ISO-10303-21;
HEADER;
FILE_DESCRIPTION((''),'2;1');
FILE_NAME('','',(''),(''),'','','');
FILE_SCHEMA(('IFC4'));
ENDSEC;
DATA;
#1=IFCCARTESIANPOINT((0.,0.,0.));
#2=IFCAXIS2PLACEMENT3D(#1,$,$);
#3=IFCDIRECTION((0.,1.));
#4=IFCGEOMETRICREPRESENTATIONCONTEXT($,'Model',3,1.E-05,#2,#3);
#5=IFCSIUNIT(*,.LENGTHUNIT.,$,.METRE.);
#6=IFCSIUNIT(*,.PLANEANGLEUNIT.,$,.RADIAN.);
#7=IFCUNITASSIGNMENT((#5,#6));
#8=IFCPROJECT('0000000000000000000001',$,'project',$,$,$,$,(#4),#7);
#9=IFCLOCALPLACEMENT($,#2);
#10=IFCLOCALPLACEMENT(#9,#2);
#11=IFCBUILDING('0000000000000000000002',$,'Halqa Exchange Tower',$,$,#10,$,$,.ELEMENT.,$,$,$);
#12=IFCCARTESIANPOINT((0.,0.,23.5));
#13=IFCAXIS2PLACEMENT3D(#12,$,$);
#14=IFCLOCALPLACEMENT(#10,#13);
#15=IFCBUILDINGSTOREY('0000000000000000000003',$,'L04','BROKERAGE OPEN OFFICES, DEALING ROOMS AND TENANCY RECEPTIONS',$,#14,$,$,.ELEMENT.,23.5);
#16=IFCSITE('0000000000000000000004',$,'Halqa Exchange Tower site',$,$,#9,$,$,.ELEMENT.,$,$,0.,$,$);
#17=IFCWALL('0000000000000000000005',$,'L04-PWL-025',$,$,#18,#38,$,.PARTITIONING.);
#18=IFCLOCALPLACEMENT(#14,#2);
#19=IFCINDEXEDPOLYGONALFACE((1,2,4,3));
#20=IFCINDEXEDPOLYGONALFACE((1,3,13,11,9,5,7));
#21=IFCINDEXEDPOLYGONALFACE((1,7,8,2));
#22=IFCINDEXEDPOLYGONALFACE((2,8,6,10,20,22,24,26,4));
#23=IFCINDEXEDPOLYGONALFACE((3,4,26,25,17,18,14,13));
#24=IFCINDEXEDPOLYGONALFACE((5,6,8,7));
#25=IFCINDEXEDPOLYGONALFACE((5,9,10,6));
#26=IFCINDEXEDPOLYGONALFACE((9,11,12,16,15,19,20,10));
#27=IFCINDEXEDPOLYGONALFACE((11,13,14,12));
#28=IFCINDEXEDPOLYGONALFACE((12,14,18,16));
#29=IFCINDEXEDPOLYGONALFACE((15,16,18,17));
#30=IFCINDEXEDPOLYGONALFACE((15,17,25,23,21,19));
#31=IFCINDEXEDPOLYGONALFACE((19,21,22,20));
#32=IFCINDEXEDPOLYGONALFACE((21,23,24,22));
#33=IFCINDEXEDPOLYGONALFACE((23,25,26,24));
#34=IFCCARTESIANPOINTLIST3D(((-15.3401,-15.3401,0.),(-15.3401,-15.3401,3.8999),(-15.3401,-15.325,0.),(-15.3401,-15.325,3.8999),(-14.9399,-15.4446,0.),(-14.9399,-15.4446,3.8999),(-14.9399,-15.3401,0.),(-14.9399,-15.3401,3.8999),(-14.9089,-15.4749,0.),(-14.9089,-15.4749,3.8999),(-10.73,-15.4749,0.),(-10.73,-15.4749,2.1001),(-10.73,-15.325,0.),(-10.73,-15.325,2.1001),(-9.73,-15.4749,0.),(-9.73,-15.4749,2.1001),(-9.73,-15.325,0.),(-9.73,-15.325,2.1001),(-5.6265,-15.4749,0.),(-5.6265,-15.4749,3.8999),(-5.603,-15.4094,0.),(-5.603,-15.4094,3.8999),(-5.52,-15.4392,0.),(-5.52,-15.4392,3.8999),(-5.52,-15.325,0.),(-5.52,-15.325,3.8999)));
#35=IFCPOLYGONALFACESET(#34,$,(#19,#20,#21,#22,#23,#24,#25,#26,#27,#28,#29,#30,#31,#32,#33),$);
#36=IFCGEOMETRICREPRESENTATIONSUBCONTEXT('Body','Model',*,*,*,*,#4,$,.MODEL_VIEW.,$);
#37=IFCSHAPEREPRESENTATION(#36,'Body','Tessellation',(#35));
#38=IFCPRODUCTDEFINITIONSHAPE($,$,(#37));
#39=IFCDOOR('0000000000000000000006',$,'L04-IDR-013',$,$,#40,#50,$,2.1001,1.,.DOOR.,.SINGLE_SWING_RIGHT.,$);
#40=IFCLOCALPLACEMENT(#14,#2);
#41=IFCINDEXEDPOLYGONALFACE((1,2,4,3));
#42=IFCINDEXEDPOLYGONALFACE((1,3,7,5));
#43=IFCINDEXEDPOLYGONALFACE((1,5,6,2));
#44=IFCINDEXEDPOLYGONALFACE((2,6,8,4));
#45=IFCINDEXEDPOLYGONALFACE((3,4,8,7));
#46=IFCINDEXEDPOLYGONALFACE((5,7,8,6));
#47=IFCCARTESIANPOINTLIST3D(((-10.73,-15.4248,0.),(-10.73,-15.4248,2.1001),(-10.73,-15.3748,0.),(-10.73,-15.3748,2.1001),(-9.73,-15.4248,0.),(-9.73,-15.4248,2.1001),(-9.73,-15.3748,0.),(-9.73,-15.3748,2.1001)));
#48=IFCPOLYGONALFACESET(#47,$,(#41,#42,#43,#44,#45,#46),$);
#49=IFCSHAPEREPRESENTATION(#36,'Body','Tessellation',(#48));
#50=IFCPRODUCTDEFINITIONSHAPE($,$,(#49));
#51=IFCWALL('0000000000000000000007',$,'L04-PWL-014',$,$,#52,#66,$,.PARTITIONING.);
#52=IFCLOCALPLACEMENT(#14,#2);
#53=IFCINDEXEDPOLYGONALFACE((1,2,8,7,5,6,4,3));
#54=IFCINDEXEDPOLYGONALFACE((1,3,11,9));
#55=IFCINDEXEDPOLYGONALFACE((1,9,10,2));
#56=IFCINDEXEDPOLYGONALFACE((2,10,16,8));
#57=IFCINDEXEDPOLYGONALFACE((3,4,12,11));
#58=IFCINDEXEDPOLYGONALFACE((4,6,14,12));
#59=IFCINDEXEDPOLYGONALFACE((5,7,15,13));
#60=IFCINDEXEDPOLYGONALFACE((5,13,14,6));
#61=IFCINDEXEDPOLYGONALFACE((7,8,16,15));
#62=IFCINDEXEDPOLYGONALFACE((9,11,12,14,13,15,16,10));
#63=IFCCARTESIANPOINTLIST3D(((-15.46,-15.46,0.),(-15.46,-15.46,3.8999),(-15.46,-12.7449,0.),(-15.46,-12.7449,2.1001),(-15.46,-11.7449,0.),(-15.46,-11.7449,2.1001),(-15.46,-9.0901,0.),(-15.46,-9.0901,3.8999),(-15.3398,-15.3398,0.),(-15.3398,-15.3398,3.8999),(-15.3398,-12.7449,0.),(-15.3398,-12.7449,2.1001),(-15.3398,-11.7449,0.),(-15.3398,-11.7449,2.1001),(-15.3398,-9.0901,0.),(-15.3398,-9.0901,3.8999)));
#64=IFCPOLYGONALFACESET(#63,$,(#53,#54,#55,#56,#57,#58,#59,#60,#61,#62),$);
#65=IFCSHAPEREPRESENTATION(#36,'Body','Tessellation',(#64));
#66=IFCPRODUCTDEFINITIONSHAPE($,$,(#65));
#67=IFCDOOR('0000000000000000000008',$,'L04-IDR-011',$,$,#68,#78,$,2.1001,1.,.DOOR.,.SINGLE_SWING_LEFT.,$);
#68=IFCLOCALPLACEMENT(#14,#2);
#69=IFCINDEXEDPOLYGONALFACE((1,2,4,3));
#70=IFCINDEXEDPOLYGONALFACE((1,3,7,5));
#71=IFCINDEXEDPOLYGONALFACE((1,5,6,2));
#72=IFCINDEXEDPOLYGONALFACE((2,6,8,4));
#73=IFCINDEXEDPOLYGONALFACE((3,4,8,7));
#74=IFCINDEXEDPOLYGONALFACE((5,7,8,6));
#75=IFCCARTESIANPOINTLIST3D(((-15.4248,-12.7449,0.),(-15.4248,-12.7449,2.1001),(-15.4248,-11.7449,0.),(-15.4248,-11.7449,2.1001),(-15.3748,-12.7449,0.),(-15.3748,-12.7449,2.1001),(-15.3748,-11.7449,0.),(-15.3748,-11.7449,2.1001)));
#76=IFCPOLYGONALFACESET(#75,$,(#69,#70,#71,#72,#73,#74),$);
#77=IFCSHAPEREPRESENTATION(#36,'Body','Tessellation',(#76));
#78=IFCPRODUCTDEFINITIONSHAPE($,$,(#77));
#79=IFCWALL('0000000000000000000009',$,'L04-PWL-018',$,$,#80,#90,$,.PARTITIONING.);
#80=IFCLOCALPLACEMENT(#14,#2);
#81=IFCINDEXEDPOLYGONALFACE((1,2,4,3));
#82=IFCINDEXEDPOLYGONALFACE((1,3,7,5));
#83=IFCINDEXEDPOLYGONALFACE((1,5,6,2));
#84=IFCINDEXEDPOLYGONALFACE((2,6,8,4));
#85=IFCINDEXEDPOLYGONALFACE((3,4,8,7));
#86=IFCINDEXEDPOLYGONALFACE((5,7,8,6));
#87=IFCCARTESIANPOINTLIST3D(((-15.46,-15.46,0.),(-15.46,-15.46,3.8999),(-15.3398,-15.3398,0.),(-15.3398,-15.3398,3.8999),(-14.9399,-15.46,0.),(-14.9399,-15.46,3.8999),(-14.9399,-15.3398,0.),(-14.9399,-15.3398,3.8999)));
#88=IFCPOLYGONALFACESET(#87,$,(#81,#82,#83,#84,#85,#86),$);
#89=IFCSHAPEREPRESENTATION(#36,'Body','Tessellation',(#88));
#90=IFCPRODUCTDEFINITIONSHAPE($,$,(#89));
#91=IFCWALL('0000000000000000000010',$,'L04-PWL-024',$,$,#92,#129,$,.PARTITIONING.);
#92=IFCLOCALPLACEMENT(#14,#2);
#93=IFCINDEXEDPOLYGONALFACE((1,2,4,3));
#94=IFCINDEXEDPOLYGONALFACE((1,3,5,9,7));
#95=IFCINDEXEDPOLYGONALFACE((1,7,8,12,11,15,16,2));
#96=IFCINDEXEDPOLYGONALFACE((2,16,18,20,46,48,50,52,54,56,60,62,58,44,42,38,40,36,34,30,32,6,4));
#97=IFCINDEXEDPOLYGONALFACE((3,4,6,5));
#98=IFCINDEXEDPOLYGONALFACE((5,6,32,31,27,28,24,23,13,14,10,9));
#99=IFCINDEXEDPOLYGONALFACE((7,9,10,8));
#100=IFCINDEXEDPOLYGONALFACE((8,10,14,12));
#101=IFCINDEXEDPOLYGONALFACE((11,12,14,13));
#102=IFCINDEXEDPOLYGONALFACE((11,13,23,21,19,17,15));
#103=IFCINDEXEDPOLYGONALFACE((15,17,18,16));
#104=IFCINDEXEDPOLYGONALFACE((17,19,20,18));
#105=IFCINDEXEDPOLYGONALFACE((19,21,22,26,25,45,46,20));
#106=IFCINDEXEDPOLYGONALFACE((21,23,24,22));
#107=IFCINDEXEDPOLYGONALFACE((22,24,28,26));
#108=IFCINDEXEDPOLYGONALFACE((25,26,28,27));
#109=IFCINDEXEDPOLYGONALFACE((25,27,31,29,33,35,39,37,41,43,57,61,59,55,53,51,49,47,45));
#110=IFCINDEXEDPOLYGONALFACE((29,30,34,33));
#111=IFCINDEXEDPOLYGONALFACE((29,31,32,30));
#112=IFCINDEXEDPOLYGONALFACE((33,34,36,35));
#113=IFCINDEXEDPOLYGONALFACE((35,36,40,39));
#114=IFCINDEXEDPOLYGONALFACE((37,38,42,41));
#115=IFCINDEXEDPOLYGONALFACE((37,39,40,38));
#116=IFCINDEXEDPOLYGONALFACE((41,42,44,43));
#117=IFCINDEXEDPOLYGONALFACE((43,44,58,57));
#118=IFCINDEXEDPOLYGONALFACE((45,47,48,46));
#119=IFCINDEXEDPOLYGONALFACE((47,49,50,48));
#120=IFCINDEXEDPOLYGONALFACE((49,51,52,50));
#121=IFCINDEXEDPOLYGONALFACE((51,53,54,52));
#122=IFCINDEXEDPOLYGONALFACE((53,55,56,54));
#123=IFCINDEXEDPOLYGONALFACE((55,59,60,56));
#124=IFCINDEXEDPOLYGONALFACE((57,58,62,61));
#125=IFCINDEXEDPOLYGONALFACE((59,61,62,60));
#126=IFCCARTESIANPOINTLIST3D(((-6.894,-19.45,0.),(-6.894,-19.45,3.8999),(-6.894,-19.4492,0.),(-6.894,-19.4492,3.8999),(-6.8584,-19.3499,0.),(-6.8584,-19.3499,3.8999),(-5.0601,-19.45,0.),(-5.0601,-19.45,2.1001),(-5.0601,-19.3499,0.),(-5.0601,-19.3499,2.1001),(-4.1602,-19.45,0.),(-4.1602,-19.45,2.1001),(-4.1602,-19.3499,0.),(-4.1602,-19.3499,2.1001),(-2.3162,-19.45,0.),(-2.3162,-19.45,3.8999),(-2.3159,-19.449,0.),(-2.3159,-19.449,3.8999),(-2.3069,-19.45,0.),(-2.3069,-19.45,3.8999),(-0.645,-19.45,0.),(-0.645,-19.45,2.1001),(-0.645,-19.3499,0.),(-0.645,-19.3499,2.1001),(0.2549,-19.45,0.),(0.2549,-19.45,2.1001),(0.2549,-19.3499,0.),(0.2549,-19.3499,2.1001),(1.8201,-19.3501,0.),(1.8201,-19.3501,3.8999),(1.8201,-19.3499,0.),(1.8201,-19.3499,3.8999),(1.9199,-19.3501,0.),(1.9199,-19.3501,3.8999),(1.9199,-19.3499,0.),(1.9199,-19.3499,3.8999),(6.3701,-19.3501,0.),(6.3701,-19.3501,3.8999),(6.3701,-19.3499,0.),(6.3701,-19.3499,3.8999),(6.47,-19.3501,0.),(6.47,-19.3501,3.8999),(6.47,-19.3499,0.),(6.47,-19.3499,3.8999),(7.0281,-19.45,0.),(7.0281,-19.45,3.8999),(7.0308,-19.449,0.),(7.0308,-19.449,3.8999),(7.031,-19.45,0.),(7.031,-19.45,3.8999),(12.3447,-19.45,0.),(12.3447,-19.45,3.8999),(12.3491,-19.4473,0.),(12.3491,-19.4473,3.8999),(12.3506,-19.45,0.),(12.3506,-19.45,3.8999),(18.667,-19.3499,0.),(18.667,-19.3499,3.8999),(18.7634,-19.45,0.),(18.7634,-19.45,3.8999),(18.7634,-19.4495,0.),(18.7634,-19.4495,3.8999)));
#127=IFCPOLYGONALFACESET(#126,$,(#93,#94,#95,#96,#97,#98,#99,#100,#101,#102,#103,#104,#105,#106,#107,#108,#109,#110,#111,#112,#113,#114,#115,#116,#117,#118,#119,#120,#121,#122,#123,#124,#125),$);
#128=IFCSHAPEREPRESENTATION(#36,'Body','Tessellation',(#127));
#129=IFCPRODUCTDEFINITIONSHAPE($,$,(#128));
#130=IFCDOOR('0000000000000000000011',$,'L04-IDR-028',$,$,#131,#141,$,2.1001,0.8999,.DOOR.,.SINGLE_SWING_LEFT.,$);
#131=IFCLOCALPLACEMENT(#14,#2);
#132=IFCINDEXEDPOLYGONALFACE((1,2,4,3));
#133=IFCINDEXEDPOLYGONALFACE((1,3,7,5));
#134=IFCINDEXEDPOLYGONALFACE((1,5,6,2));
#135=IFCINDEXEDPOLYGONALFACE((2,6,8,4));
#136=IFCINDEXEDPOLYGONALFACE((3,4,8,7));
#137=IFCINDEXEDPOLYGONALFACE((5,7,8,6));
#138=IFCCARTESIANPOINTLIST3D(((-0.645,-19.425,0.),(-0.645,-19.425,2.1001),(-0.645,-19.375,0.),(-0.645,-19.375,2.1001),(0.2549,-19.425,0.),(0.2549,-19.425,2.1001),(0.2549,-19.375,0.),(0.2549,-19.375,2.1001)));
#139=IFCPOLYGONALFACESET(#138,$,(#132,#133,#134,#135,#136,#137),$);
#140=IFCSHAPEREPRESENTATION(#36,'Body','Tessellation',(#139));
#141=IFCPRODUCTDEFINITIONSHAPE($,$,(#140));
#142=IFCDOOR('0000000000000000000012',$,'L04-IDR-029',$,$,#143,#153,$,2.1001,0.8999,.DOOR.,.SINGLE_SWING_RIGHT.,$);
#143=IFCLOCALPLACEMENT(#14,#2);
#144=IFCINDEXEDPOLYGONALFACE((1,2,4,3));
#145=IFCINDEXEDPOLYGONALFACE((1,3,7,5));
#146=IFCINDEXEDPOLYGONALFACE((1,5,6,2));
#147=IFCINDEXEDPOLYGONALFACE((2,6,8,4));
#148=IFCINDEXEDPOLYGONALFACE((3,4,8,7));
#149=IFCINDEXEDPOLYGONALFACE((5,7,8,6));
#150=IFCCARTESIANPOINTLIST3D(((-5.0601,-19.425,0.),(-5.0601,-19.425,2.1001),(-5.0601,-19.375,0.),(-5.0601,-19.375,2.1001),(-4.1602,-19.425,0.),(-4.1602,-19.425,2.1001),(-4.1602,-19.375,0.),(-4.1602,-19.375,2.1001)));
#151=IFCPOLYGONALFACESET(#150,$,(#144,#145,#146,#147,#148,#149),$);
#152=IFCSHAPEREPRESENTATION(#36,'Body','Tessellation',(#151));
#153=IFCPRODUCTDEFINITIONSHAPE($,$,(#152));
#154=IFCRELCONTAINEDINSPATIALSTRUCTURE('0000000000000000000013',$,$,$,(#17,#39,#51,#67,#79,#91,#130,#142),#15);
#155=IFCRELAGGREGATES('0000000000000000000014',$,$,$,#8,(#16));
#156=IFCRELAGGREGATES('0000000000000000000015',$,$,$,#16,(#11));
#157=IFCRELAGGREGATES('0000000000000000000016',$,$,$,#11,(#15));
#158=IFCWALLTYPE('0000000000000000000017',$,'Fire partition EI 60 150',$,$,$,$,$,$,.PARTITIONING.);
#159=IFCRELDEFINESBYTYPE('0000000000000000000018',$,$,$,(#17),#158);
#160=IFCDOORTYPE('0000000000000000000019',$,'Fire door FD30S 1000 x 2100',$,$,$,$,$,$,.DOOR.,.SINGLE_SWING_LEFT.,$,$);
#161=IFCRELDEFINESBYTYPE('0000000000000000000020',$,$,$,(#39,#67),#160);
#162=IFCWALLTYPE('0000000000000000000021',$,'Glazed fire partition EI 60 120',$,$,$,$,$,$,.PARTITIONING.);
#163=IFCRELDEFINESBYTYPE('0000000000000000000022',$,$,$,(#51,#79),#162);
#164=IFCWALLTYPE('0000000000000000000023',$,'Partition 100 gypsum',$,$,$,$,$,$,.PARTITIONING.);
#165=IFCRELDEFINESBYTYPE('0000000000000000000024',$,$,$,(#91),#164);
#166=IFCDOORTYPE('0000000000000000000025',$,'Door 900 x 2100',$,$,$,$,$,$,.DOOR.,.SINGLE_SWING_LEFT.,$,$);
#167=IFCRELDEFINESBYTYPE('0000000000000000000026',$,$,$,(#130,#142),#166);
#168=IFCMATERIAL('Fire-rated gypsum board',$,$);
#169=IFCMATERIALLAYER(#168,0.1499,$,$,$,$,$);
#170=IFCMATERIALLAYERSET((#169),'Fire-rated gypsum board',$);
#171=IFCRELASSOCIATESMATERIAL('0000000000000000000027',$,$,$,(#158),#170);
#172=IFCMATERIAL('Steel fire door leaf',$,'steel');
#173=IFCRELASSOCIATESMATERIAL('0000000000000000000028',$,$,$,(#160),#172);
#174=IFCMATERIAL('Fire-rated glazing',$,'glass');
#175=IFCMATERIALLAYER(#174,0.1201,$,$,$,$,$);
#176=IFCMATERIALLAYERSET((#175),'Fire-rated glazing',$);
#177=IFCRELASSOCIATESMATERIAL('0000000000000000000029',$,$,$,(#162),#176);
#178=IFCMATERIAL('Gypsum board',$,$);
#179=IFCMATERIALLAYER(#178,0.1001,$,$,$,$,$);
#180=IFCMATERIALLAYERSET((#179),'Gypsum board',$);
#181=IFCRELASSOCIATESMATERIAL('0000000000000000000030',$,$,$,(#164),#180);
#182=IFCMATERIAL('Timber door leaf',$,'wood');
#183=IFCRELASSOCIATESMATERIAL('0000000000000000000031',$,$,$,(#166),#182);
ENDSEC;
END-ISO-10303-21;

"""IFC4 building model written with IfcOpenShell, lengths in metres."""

from ifc_helpers import new_model, si_unit, direction, frame, frame_2d, origin, place, context, subcontext, project, spatial, polyline, rectangle, outline, extrude, material, layer, layer_set, type_object, element, fill, save


model = new_model("IFC4")

# Units and contexts
model_context = context("Model", 3, precision=1e-05, world=origin(), true_north=direction((0.0, 1.0)))
body_context = subcontext(model_context, "Body", "Model", "MODEL_VIEW")
ifc_project = project(units=[si_unit("LENGTHUNIT", "METRE"), si_unit("PLANEANGLEUNIT", "RADIAN")], contexts=[model_context])

# Site, building, storey
site_placement = place(None, origin())
site = spatial("IfcSite", under=ifc_project, at=site_placement, Name="Halqa Exchange Tower site", CompositionType="ELEMENT", RefElevation=0.0)
building_placement = place(site_placement, origin())
building = spatial("IfcBuilding", under=site, at=building_placement, Name="Halqa Exchange Tower", CompositionType="ELEMENT")
storey_placement = place(building_placement, frame((0.0, 0.0, 23.5)))
storey = spatial("IfcBuildingStorey", under=building, at=storey_placement, Name="L04", Description="BROKERAGE OPEN OFFICES, DEALING ROOMS AND TENANCY RECEPTIONS", CompositionType="ELEMENT", Elevation=23.5)

# Shared definitions
ifc_material_1 = material(Name="Fire-rated gypsum board")
ifc_layer_1 = layer(ifc_material_1, 0.1499)
ifc_layer_set_1 = layer_set([ifc_layer_1], Name="Fire-rated gypsum board")
wall_type_1 = type_object("IfcWallType", Name="Fire partition EI 60 150", PredefinedType="PARTITIONING", material=ifc_layer_set_1)

# Walls, openings, doors
wall_1_placement = place(storey_placement, frame((-5.52, -15.3999, 0.0), z_axis=(0.0, 0.0, 1.0), x_axis=(-1.0, 0.0, 0.0)))
wall_1 = element("IfcWall", 1, at=wall_1_placement, inside=storey, type_object=wall_type_1, Name="L04-PWL-025", PredefinedType="PARTITIONING", context=body_context, shape_type="SweptSolid", body=[
    extrude(outline(polyline([(0.0, -0.075), (1.9641, -0.075), (3.928, -0.075), (5.8921, -0.075), (7.856, -0.075), (9.8201, -0.075), (9.8201, -0.0598), (9.4199, -0.0598), (9.4199, 0.0447), (9.3889, 0.075), (7.5325, 0.075), (5.676, 0.075), (3.8196, 0.075), (1.9631, 0.075), (0.1064, 0.075), (0.083, 0.0095), (0.0, 0.0393), (0.0, -0.075)])), origin(), (0.0, 0.0, 1.0), 3.8999),
])
opening_1_placement = place(wall_1_placement, frame((4.21, 0.0, 0.0)))
opening_1 = element("IfcOpeningElement", 2, at=opening_1_placement, cuts=wall_1, PredefinedType="OPENING", context=body_context, shape_type="SweptSolid", body=[
    extrude(rectangle(XDim=1.0, YDim=2.1001, at=frame_2d((0.5, 1.05))), frame((0.0, 0.0869, 0.0), z_axis=(0.0, -1.0, 0.0), x_axis=(1.0, 0.0, 0.0)), (0.0, 0.0, 1.0), 0.1738),
])
ifc_material_2 = material(Name="Steel fire door leaf", Category="steel")
door_type_1 = type_object("IfcDoorType", Name="Fire door FD30S 1000 x 2100", OperationType="SINGLE_SWING_LEFT", PredefinedType="DOOR", material=ifc_material_2)
door_1_placement = place(opening_1_placement, origin())
door_1 = element("IfcDoor", 3, at=door_1_placement, inside=storey, type_object=door_type_1, Name="L04-IDR-013", OperationType="SINGLE_SWING_RIGHT", OverallHeight=2.1001, OverallWidth=1.0, PredefinedType="DOOR", context=body_context, shape_type="SweptSolid", body=[
    extrude(rectangle(XDim=1.0, YDim=2.1001, at=frame_2d((0.5, 1.05))), frame((0.0, 0.0249, 0.0), z_axis=(0.0, -1.0, 0.0), x_axis=(1.0, 0.0, 0.0)), (0.0, 0.0, 1.0), 0.05),
])
fill(opening_1, door_1)
ifc_material_3 = material(Name="Fire-rated glazing", Category="glass")
ifc_layer_2 = layer(ifc_material_3, 0.1201)
ifc_layer_set_2 = layer_set([ifc_layer_2], Name="Fire-rated glazing")
wall_type_2 = type_object("IfcWallType", Name="Glazed fire partition EI 60 120", PredefinedType="PARTITIONING", material=ifc_layer_set_2)
wall_2_placement = place(storey_placement, frame((-15.3999, -15.46, 0.0), z_axis=(0.0, 0.0, 1.0), x_axis=(0.0, 1.0, 0.0)))
wall_2 = element("IfcWall", 4, at=wall_2_placement, inside=storey, type_object=wall_type_2, Name="L04-PWL-014", PredefinedType="PARTITIONING", context=body_context, shape_type="SweptSolid", body=[
    extrude(outline(polyline([(6.3699, 0.0601), (4.7773, 0.0601), (3.1851, 0.0601), (1.5925, 0.0601), (0.0, 0.0601), (0.1201, -0.0601), (1.6826, -0.0601), (3.2451, -0.0601), (4.8074, -0.0601), (6.3699, -0.0601), (6.3699, 0.0601)])), origin(), (0.0, 0.0, 1.0), 3.8999),
])
opening_2_placement = place(wall_2_placement, frame((2.7151, 0.0, 0.0)))
opening_2 = element("IfcOpeningElement", 5, at=opening_2_placement, cuts=wall_2, PredefinedType="OPENING", context=body_context, shape_type="SweptSolid", body=[
    extrude(rectangle(XDim=1.0, YDim=2.1001, at=frame_2d((0.5, 1.05))), frame((0.0, 0.072, 0.0), z_axis=(0.0, -1.0, 0.0), x_axis=(1.0, 0.0, 0.0)), (0.0, 0.0, 1.0), 0.144),
])
door_2_placement = place(opening_2_placement, origin())
door_2 = element("IfcDoor", 6, at=door_2_placement, inside=storey, type_object=door_type_1, Name="L04-IDR-011", OperationType="SINGLE_SWING_LEFT", OverallHeight=2.1001, OverallWidth=1.0, PredefinedType="DOOR", context=body_context, shape_type="SweptSolid", body=[
    extrude(rectangle(XDim=1.0, YDim=2.1001, at=frame_2d((0.5, 1.05))), frame((0.0, 0.0249, 0.0), z_axis=(0.0, -1.0, 0.0), x_axis=(1.0, 0.0, 0.0)), (0.0, 0.0, 1.0), 0.05),
])
fill(opening_2, door_2)

# Wall
wall_3_placement = place(storey_placement, frame((-14.9399, -15.3999, 0.0), z_axis=(0.0, 0.0, 1.0), x_axis=(-1.0, 0.0, 0.0)))
element("IfcWall", 7, at=wall_3_placement, inside=storey, type_object=wall_type_2, Name="L04-PWL-018", PredefinedType="PARTITIONING", context=body_context, shape_type="SweptSolid", body=[
    extrude(outline(polyline([(0.0, -0.0601), (0.3999, -0.0601), (0.52, 0.0601), (0.0, 0.0601), (0.0, -0.0601)])), origin(), (0.0, 0.0, 1.0), 3.8999),
])

# Wall, openings, doors
ifc_material_4 = material(Name="Gypsum board")
ifc_layer_3 = layer(ifc_material_4, 0.1001)
ifc_layer_set_3 = layer_set([ifc_layer_3], Name="Gypsum board")
wall_type_3 = type_object("IfcWallType", Name="Partition 100 gypsum", PredefinedType="PARTITIONING", material=ifc_layer_set_3)
wall_4_placement = place(storey_placement, frame((-6.894, -19.3999, 0.0), z_axis=(0.0, 0.0, 1.0), x_axis=(1.0, 0.0, 0.0)))
wall_4 = element("IfcWall", 8, at=wall_4_placement, inside=storey, type_object=wall_type_3, Name="L04-PWL-024", PredefinedType="PARTITIONING", context=body_context, shape_type="SweptSolid", body=[
    extrude(outline(polyline([(0.0, -0.05), (1.5259, -0.05), (3.052, -0.05), (4.5779, -0.05), (4.5781, -0.0491), (4.5872, -0.05), (6.4541, -0.05), (8.321, -0.05), (10.188, -0.05), (12.0552, -0.05), (13.9221, -0.05), (13.9248, -0.0491), (13.925, -0.05), (15.6963, -0.05), (17.4675, -0.05), (19.2388, -0.05), (19.2432, -0.0474), (19.2446, -0.05), (20.8479, -0.05), (22.4512, -0.05), (24.0542, -0.05), (25.6575, -0.05), (25.6575, -0.0496), (25.614, -0.0046), (25.614, -0.0046), (25.561, 0.05), (23.8186, 0.05), (22.0762, 0.05), (20.3337, 0.05), (18.5913, 0.05), (16.8489, 0.05), (15.1064, 0.05), (13.364, 0.05), (13.364, 0.0498), (13.2642, 0.0498), (13.2642, 0.05), (11.7808, 0.05), (10.2974, 0.05), (8.814, 0.05), (8.814, 0.0498), (8.7141, 0.0498), (8.7141, 0.05), (6.9783, 0.05), (5.2427, 0.05), (3.5071, 0.05), (1.7712, 0.05), (0.0356, 0.05), (0.0, -0.0493), (0.0, -0.05)])), origin(), (0.0, 0.0, 1.0), 3.8999),
])
opening_3_placement = place(wall_4_placement, frame((6.249, 0.0, 0.0)))
opening_3 = element("IfcOpeningElement", 9, at=opening_3_placement, cuts=wall_4, PredefinedType="OPENING", context=body_context, shape_type="SweptSolid", body=[
    extrude(rectangle(XDim=0.8999, YDim=2.1001, at=frame_2d((0.45, 1.05))), frame((0.0, 0.062, 0.0), z_axis=(0.0, -1.0, 0.0), x_axis=(1.0, 0.0, 0.0)), (0.0, 0.0, 1.0), 0.124),
])
opening_4_placement = place(wall_4_placement, frame((1.834, 0.0, 0.0)))
opening_4 = element("IfcOpeningElement", 10, at=opening_4_placement, cuts=wall_4, PredefinedType="OPENING", context=body_context, shape_type="SweptSolid", body=[
    extrude(rectangle(XDim=0.8999, YDim=2.1001, at=frame_2d((0.45, 1.05))), frame((0.0, 0.062, 0.0), z_axis=(0.0, -1.0, 0.0), x_axis=(1.0, 0.0, 0.0)), (0.0, 0.0, 1.0), 0.124),
])
ifc_material_5 = material(Name="Timber door leaf", Category="wood")
door_type_2 = type_object("IfcDoorType", Name="Door 900 x 2100", OperationType="SINGLE_SWING_LEFT", PredefinedType="DOOR", material=ifc_material_5)
door_3_placement = place(opening_3_placement, origin())
door_3 = element("IfcDoor", 11, at=door_3_placement, inside=storey, type_object=door_type_2, Name="L04-IDR-028", OperationType="SINGLE_SWING_LEFT", OverallHeight=2.1001, OverallWidth=0.8999, PredefinedType="DOOR", context=body_context, shape_type="SweptSolid", body=[
    extrude(rectangle(XDim=0.8999, YDim=2.1001, at=frame_2d((0.45, 1.05))), frame((0.0, 0.0249, 0.0), z_axis=(0.0, -1.0, 0.0), x_axis=(1.0, 0.0, 0.0)), (0.0, 0.0, 1.0), 0.05),
])
fill(opening_3, door_3)
door_4_placement = place(opening_4_placement, origin())
door_4 = element("IfcDoor", 12, at=door_4_placement, inside=storey, type_object=door_type_2, Name="L04-IDR-029", OperationType="SINGLE_SWING_RIGHT", OverallHeight=2.1001, OverallWidth=0.8999, PredefinedType="DOOR", context=body_context, shape_type="SweptSolid", body=[
    extrude(rectangle(XDim=0.8999, YDim=2.1001, at=frame_2d((0.45, 1.05))), frame((0.0, 0.0249, 0.0), z_axis=(0.0, -1.0, 0.0), x_axis=(1.0, 0.0, 0.0)), (0.0, 0.0, 1.0), 0.05),
])
fill(opening_4, door_4)

save(model, "model.ifc")
